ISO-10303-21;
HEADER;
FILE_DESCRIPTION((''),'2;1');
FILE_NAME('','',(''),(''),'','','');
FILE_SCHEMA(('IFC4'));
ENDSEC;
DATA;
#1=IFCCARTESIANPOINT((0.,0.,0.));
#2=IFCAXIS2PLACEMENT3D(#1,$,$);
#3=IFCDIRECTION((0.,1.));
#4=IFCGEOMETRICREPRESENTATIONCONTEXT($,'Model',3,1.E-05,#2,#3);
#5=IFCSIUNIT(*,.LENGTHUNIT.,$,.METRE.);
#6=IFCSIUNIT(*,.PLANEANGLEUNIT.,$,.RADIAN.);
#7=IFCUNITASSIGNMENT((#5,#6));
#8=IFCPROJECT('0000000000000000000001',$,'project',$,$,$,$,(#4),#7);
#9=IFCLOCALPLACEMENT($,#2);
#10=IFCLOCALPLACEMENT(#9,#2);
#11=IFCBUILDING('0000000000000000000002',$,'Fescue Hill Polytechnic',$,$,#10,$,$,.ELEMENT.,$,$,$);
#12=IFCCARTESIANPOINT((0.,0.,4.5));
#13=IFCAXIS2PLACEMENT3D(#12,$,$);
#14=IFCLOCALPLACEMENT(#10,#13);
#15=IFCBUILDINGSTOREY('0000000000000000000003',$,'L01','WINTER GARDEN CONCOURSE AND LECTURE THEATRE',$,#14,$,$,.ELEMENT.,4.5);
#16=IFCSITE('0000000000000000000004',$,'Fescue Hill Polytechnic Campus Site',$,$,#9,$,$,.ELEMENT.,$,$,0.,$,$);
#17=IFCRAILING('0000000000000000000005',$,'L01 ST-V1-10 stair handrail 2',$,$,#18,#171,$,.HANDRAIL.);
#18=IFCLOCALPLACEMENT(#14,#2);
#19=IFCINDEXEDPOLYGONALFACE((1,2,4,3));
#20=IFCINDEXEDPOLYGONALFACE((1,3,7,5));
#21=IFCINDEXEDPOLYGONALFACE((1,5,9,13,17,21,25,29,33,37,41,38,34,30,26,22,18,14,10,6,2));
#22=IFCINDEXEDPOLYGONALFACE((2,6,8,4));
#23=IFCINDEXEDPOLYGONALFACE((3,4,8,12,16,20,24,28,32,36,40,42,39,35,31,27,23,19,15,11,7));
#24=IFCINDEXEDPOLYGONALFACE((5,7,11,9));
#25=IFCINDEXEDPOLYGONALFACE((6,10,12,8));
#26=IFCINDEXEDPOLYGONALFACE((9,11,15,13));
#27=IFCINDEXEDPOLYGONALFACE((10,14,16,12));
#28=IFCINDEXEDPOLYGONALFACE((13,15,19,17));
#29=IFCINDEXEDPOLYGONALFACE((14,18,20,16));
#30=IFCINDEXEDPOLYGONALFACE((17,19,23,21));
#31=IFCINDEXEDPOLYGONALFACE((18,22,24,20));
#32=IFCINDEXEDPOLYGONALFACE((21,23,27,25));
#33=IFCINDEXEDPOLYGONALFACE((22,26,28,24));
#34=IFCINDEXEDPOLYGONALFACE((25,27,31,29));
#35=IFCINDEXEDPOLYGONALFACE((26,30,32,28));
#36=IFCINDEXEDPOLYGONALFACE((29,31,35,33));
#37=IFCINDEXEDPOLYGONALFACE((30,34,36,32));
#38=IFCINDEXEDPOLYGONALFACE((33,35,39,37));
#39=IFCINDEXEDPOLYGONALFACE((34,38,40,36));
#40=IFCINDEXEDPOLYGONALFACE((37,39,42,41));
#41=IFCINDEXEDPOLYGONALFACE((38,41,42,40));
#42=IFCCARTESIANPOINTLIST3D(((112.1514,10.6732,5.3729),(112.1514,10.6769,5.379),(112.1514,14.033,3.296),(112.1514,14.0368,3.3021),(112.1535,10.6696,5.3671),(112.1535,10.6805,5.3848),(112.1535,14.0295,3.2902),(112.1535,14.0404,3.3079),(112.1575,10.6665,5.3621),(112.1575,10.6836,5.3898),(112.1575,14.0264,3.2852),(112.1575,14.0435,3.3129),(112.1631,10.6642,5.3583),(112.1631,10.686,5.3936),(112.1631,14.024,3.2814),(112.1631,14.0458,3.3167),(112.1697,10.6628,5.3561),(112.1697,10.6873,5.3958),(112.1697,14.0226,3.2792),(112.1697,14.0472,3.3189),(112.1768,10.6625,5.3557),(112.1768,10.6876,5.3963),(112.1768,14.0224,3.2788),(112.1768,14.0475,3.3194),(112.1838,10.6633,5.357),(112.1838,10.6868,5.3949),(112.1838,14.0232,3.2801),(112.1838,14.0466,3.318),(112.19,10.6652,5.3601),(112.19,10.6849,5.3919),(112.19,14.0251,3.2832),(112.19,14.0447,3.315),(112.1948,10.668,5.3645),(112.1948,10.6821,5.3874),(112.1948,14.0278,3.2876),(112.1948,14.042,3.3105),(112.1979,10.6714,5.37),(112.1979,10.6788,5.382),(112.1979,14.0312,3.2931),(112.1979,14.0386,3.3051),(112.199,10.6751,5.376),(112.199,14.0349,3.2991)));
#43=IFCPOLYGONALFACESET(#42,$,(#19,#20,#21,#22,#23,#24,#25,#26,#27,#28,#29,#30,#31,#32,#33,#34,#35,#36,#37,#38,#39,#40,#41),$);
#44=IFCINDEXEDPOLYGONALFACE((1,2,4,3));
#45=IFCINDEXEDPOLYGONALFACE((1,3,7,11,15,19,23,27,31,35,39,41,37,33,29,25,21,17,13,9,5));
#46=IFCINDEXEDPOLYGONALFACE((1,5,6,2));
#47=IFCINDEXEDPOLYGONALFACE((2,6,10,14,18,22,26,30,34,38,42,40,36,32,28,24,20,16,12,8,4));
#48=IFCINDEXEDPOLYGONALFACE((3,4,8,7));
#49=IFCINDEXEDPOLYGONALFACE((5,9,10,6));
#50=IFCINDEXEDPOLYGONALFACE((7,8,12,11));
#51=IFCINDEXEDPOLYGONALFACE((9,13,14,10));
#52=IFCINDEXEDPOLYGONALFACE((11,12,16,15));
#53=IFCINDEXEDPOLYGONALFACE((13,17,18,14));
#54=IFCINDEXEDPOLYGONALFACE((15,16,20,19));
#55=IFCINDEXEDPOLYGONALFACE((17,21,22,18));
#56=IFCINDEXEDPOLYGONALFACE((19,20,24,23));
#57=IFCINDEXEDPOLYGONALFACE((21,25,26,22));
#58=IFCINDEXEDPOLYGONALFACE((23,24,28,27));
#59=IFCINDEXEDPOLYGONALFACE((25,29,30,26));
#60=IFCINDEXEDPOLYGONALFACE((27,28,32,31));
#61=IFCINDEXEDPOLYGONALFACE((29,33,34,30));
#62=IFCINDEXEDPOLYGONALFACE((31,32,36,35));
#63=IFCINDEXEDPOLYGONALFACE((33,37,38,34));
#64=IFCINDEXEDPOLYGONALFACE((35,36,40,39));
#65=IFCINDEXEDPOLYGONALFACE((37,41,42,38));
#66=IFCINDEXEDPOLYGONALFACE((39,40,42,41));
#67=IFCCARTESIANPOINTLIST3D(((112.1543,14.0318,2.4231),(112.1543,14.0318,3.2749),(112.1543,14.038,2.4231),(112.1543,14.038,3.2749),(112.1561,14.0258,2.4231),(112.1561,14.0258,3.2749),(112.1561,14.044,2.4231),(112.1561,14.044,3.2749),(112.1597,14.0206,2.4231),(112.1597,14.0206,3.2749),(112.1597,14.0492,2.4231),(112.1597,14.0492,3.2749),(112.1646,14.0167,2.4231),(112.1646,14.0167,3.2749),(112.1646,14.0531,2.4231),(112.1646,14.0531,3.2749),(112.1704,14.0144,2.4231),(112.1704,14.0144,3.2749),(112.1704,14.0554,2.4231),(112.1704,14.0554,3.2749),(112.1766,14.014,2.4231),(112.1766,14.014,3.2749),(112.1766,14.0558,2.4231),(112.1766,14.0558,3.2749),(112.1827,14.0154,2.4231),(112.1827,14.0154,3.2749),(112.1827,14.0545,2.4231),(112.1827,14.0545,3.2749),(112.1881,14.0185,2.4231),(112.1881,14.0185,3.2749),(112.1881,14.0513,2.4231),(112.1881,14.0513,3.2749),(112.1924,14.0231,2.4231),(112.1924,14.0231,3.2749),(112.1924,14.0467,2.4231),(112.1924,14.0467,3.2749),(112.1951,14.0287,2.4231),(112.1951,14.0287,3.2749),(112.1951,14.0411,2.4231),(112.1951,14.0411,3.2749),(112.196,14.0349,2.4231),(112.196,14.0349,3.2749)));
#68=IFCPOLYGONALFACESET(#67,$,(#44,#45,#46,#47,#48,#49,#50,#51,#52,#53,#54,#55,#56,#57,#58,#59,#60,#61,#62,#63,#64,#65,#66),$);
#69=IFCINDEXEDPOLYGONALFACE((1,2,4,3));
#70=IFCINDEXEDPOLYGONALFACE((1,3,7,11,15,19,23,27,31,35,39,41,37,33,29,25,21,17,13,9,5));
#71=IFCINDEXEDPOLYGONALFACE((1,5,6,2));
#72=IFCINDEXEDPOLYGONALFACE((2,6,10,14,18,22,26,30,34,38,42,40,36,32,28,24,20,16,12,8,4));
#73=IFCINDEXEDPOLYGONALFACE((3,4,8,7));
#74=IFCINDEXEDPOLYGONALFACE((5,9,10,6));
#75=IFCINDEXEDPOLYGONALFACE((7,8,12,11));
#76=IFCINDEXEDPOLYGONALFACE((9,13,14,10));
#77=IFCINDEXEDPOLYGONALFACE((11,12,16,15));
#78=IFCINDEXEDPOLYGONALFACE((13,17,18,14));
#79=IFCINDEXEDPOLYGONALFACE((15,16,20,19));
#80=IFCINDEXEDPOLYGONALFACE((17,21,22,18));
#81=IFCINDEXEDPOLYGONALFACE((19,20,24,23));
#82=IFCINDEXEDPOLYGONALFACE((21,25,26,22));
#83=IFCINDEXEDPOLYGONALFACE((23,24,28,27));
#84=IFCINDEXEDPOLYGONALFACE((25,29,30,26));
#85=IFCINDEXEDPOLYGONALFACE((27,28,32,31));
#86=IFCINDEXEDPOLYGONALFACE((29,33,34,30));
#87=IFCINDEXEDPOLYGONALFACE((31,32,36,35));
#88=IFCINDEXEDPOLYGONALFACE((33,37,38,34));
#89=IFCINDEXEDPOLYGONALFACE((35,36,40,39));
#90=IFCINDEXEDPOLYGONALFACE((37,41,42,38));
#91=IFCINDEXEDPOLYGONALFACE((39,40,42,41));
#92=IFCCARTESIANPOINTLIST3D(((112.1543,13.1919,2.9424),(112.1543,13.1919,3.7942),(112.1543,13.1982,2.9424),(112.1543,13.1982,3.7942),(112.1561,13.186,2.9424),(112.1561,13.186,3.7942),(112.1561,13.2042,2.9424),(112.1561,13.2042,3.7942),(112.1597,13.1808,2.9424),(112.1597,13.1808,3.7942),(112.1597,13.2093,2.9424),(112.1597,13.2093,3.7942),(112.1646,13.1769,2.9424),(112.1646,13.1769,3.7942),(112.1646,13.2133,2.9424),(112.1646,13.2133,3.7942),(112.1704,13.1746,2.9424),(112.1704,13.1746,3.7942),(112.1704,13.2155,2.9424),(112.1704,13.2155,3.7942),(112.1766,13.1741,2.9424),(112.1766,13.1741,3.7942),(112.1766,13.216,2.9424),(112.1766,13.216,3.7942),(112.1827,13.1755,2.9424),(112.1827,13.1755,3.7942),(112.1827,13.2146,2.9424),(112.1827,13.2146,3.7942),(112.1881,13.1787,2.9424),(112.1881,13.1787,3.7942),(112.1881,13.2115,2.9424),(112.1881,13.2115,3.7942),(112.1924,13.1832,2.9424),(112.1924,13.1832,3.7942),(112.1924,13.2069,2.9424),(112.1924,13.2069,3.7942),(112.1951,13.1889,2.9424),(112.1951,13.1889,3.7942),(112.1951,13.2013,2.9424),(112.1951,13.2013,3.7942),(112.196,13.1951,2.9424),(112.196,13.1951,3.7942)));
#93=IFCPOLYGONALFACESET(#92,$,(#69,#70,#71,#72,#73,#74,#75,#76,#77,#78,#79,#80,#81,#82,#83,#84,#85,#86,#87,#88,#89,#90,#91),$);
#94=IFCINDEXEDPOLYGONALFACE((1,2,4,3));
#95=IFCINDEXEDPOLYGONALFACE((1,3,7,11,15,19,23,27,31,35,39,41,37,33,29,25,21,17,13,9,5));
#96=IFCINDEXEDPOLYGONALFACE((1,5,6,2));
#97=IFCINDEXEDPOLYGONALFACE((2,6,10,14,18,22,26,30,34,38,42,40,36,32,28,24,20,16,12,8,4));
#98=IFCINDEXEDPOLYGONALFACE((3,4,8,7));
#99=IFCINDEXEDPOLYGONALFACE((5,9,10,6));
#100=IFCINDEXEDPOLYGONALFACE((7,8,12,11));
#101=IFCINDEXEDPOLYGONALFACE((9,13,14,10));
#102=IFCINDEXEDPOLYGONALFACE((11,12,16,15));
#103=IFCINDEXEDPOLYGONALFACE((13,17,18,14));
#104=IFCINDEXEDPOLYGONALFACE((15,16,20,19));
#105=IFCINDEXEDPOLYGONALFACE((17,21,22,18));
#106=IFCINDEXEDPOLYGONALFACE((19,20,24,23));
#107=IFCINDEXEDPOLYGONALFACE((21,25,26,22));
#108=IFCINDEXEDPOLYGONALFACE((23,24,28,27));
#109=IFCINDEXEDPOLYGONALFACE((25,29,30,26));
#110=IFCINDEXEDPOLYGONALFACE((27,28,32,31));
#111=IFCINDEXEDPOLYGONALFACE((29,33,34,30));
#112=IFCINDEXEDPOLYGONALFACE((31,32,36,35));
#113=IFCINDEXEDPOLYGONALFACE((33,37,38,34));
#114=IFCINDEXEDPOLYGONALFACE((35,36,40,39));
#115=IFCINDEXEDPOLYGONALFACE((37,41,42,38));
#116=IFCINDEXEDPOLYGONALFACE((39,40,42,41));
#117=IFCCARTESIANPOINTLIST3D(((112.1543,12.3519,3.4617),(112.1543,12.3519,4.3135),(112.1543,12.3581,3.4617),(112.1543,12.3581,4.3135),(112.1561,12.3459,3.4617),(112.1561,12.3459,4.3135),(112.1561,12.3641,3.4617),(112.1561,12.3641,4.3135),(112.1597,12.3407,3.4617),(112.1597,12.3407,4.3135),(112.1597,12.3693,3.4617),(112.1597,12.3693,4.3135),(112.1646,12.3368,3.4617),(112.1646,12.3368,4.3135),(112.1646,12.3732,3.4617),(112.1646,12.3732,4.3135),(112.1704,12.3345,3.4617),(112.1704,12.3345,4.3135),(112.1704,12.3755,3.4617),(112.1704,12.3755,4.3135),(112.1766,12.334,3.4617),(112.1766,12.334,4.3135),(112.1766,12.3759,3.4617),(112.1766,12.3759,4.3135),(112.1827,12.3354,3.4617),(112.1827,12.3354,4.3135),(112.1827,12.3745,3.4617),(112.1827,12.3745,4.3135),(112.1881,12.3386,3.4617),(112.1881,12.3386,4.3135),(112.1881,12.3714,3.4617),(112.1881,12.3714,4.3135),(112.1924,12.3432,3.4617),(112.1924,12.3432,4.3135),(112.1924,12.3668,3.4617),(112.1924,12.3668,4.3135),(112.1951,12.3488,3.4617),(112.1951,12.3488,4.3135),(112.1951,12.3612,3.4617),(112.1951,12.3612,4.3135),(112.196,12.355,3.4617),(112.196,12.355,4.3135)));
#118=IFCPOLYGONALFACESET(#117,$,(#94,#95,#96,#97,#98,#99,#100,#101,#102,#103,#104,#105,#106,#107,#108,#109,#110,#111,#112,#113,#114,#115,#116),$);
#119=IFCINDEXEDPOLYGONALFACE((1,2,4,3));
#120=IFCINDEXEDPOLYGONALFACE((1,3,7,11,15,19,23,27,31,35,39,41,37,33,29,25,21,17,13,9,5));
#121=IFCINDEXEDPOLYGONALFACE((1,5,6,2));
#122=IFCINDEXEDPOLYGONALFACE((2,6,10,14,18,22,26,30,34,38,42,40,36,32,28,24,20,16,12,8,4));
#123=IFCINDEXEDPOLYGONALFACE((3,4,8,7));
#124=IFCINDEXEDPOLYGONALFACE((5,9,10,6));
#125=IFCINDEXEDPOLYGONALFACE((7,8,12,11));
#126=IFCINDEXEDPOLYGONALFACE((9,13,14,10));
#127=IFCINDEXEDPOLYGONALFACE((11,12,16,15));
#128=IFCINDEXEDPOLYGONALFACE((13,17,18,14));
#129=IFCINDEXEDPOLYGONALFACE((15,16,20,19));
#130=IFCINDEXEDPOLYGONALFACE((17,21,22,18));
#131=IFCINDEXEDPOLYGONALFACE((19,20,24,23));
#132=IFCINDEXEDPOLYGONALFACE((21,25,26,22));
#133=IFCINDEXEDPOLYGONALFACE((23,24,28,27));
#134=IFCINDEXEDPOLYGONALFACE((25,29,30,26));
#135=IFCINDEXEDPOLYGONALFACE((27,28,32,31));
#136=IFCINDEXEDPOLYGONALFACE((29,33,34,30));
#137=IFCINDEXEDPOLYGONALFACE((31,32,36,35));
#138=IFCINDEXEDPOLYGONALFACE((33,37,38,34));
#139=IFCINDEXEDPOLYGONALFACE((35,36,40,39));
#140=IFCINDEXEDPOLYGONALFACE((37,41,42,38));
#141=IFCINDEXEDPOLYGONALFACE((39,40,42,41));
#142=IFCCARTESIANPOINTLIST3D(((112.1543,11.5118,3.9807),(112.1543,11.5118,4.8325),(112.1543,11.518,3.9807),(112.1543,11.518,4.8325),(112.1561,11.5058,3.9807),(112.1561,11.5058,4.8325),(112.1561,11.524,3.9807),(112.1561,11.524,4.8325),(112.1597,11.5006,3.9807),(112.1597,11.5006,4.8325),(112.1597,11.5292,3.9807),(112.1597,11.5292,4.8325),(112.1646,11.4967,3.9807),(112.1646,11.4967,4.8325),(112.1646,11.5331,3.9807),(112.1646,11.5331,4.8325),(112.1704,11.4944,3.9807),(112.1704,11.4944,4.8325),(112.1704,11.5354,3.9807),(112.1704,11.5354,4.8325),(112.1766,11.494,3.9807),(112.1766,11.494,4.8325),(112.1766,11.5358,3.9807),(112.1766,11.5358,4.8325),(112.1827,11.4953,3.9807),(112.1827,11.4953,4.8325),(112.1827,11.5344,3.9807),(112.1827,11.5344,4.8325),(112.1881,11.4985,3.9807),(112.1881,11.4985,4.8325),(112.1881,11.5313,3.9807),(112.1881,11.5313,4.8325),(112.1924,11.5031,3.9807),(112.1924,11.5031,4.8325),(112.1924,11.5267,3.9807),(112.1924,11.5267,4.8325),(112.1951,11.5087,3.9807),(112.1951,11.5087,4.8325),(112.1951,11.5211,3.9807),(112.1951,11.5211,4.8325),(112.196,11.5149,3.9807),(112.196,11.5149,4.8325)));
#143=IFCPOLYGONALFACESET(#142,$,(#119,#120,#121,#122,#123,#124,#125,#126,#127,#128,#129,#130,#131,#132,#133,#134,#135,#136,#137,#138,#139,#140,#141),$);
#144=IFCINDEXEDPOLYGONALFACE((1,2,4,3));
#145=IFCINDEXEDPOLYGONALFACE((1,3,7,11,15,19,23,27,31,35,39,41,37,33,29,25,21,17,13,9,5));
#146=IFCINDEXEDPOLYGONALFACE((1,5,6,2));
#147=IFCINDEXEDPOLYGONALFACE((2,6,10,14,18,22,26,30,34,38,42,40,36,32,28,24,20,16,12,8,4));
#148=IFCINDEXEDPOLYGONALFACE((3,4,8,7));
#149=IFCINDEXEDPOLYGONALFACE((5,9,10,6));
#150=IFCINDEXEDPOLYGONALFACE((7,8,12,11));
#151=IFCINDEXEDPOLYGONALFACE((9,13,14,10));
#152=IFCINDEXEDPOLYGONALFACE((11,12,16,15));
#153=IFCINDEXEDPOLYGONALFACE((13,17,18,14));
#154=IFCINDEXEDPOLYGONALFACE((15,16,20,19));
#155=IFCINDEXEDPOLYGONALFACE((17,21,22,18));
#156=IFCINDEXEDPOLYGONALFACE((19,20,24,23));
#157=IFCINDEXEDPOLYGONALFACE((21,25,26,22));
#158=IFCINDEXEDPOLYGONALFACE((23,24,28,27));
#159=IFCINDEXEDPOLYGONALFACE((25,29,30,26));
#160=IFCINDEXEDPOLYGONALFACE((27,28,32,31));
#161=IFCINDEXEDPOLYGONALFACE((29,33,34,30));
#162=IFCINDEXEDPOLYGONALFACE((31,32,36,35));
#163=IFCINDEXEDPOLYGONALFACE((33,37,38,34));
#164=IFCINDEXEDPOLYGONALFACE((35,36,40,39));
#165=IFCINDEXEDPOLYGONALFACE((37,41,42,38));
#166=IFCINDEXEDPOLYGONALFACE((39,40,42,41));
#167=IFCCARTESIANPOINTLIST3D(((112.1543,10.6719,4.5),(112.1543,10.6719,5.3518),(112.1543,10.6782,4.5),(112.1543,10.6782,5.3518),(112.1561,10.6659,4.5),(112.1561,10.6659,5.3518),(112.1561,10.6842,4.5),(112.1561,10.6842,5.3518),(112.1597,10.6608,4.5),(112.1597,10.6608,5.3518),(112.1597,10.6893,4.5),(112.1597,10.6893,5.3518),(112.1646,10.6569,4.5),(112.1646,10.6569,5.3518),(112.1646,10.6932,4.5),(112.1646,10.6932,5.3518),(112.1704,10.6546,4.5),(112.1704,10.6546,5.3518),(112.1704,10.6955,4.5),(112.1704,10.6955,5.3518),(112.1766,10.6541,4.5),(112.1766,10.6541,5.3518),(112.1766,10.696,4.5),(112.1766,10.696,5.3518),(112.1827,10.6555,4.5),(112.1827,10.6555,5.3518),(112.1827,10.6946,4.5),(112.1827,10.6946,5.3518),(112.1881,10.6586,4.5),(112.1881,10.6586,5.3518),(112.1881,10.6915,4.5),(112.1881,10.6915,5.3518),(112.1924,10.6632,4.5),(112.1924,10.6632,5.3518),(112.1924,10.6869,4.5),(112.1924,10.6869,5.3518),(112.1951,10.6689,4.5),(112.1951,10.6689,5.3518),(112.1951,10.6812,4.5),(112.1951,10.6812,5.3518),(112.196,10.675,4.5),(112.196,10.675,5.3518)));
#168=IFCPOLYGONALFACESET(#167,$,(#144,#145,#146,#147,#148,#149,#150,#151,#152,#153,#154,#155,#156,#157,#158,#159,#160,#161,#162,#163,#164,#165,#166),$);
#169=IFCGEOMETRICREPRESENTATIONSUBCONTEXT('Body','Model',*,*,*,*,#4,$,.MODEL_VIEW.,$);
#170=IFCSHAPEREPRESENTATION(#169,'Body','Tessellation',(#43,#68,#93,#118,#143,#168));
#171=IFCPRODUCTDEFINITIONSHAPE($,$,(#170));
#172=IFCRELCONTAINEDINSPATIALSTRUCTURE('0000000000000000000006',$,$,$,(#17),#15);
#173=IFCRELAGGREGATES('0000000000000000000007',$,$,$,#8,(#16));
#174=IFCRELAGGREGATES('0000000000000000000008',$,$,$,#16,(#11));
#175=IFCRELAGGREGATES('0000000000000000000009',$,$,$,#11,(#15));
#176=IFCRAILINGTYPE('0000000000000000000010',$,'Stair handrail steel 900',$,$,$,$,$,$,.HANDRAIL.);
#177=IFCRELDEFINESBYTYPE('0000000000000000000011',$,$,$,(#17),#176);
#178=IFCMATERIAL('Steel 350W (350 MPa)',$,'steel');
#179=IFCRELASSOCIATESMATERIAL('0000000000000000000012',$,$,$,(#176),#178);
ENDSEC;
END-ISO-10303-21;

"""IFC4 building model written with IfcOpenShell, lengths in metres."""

from ifc_helpers import new_model, si_unit, direction, frame, origin, origin_2d, place, context, subcontext, project, spatial, circle, extrude, material, type_object, element, save


model = new_model("IFC4")

# Units and contexts
model_context = context("Model", 3, precision=1e-05, world=origin(), true_north=direction((0.0, 1.0)))
body_context = subcontext(model_context, "Body", "Model", "MODEL_VIEW")
ifc_project = project(units=[si_unit("LENGTHUNIT", "METRE"), si_unit("PLANEANGLEUNIT", "RADIAN")], contexts=[model_context])

# Site, building, storey
site_placement = place(None, origin())
site = spatial("IfcSite", under=ifc_project, at=site_placement, Name="Fescue Hill Polytechnic Campus Site", CompositionType="ELEMENT", RefElevation=0.0)
building_placement = place(site_placement, origin())
building = spatial("IfcBuilding", under=site, at=building_placement, Name="Fescue Hill Polytechnic", CompositionType="ELEMENT")
storey_placement = place(building_placement, frame((0.0, 0.0, 4.5)))
storey = spatial("IfcBuildingStorey", under=building, at=storey_placement, Name="L01", Description="WINTER GARDEN CONCOURSE AND LECTURE THEATRE", CompositionType="ELEMENT", Elevation=4.5)

# Railing
ifc_material_1 = material(Name="Steel 350W (350 MPa)", Category="steel")
railing_type_1 = type_object("IfcRailingType", Name="Stair handrail steel 900", PredefinedType="HANDRAIL", material=ifc_material_1)
railing_1_placement = place(storey_placement, frame((112.175, 14.0349, 2.4231)))
element("IfcRailing", 1, at=railing_1_placement, inside=storey, type_object=railing_type_1, Name="L01 ST-V1-10 stair handrail 2", PredefinedType="HANDRAIL", context=body_context, shape_type="SweptSolid", body=[
    extrude(circle(Radius=0.0239, at=origin_2d()), frame((0.0, 0.0, 0.876), z_axis=(0.0, -0.850606, 0.525803), x_axis=(1.0, 0.0, 0.0)), (0.0, 0.0, 1.0), 3.95),
    extrude(circle(Radius=0.021, at=origin_2d()), origin(), (0.0, 0.0, 1.0), 0.8518),
    extrude(circle(Radius=0.021, at=origin_2d()), frame((0.0, -0.8398, 0.5193)), (0.0, 0.0, 1.0), 0.8518),
    extrude(circle(Radius=0.021, at=origin_2d()), frame((0.0, -1.6799, 1.0386)), (0.0, 0.0, 1.0), 0.8518),
    extrude(circle(Radius=0.021, at=origin_2d()), frame((0.0, -2.52, 1.5576)), (0.0, 0.0, 1.0), 0.8518),
    extrude(circle(Radius=0.021, at=origin_2d()), frame((0.0, -3.3599, 2.0769)), (0.0, 0.0, 1.0), 0.8518),
])

save(model, "model.ifc")
